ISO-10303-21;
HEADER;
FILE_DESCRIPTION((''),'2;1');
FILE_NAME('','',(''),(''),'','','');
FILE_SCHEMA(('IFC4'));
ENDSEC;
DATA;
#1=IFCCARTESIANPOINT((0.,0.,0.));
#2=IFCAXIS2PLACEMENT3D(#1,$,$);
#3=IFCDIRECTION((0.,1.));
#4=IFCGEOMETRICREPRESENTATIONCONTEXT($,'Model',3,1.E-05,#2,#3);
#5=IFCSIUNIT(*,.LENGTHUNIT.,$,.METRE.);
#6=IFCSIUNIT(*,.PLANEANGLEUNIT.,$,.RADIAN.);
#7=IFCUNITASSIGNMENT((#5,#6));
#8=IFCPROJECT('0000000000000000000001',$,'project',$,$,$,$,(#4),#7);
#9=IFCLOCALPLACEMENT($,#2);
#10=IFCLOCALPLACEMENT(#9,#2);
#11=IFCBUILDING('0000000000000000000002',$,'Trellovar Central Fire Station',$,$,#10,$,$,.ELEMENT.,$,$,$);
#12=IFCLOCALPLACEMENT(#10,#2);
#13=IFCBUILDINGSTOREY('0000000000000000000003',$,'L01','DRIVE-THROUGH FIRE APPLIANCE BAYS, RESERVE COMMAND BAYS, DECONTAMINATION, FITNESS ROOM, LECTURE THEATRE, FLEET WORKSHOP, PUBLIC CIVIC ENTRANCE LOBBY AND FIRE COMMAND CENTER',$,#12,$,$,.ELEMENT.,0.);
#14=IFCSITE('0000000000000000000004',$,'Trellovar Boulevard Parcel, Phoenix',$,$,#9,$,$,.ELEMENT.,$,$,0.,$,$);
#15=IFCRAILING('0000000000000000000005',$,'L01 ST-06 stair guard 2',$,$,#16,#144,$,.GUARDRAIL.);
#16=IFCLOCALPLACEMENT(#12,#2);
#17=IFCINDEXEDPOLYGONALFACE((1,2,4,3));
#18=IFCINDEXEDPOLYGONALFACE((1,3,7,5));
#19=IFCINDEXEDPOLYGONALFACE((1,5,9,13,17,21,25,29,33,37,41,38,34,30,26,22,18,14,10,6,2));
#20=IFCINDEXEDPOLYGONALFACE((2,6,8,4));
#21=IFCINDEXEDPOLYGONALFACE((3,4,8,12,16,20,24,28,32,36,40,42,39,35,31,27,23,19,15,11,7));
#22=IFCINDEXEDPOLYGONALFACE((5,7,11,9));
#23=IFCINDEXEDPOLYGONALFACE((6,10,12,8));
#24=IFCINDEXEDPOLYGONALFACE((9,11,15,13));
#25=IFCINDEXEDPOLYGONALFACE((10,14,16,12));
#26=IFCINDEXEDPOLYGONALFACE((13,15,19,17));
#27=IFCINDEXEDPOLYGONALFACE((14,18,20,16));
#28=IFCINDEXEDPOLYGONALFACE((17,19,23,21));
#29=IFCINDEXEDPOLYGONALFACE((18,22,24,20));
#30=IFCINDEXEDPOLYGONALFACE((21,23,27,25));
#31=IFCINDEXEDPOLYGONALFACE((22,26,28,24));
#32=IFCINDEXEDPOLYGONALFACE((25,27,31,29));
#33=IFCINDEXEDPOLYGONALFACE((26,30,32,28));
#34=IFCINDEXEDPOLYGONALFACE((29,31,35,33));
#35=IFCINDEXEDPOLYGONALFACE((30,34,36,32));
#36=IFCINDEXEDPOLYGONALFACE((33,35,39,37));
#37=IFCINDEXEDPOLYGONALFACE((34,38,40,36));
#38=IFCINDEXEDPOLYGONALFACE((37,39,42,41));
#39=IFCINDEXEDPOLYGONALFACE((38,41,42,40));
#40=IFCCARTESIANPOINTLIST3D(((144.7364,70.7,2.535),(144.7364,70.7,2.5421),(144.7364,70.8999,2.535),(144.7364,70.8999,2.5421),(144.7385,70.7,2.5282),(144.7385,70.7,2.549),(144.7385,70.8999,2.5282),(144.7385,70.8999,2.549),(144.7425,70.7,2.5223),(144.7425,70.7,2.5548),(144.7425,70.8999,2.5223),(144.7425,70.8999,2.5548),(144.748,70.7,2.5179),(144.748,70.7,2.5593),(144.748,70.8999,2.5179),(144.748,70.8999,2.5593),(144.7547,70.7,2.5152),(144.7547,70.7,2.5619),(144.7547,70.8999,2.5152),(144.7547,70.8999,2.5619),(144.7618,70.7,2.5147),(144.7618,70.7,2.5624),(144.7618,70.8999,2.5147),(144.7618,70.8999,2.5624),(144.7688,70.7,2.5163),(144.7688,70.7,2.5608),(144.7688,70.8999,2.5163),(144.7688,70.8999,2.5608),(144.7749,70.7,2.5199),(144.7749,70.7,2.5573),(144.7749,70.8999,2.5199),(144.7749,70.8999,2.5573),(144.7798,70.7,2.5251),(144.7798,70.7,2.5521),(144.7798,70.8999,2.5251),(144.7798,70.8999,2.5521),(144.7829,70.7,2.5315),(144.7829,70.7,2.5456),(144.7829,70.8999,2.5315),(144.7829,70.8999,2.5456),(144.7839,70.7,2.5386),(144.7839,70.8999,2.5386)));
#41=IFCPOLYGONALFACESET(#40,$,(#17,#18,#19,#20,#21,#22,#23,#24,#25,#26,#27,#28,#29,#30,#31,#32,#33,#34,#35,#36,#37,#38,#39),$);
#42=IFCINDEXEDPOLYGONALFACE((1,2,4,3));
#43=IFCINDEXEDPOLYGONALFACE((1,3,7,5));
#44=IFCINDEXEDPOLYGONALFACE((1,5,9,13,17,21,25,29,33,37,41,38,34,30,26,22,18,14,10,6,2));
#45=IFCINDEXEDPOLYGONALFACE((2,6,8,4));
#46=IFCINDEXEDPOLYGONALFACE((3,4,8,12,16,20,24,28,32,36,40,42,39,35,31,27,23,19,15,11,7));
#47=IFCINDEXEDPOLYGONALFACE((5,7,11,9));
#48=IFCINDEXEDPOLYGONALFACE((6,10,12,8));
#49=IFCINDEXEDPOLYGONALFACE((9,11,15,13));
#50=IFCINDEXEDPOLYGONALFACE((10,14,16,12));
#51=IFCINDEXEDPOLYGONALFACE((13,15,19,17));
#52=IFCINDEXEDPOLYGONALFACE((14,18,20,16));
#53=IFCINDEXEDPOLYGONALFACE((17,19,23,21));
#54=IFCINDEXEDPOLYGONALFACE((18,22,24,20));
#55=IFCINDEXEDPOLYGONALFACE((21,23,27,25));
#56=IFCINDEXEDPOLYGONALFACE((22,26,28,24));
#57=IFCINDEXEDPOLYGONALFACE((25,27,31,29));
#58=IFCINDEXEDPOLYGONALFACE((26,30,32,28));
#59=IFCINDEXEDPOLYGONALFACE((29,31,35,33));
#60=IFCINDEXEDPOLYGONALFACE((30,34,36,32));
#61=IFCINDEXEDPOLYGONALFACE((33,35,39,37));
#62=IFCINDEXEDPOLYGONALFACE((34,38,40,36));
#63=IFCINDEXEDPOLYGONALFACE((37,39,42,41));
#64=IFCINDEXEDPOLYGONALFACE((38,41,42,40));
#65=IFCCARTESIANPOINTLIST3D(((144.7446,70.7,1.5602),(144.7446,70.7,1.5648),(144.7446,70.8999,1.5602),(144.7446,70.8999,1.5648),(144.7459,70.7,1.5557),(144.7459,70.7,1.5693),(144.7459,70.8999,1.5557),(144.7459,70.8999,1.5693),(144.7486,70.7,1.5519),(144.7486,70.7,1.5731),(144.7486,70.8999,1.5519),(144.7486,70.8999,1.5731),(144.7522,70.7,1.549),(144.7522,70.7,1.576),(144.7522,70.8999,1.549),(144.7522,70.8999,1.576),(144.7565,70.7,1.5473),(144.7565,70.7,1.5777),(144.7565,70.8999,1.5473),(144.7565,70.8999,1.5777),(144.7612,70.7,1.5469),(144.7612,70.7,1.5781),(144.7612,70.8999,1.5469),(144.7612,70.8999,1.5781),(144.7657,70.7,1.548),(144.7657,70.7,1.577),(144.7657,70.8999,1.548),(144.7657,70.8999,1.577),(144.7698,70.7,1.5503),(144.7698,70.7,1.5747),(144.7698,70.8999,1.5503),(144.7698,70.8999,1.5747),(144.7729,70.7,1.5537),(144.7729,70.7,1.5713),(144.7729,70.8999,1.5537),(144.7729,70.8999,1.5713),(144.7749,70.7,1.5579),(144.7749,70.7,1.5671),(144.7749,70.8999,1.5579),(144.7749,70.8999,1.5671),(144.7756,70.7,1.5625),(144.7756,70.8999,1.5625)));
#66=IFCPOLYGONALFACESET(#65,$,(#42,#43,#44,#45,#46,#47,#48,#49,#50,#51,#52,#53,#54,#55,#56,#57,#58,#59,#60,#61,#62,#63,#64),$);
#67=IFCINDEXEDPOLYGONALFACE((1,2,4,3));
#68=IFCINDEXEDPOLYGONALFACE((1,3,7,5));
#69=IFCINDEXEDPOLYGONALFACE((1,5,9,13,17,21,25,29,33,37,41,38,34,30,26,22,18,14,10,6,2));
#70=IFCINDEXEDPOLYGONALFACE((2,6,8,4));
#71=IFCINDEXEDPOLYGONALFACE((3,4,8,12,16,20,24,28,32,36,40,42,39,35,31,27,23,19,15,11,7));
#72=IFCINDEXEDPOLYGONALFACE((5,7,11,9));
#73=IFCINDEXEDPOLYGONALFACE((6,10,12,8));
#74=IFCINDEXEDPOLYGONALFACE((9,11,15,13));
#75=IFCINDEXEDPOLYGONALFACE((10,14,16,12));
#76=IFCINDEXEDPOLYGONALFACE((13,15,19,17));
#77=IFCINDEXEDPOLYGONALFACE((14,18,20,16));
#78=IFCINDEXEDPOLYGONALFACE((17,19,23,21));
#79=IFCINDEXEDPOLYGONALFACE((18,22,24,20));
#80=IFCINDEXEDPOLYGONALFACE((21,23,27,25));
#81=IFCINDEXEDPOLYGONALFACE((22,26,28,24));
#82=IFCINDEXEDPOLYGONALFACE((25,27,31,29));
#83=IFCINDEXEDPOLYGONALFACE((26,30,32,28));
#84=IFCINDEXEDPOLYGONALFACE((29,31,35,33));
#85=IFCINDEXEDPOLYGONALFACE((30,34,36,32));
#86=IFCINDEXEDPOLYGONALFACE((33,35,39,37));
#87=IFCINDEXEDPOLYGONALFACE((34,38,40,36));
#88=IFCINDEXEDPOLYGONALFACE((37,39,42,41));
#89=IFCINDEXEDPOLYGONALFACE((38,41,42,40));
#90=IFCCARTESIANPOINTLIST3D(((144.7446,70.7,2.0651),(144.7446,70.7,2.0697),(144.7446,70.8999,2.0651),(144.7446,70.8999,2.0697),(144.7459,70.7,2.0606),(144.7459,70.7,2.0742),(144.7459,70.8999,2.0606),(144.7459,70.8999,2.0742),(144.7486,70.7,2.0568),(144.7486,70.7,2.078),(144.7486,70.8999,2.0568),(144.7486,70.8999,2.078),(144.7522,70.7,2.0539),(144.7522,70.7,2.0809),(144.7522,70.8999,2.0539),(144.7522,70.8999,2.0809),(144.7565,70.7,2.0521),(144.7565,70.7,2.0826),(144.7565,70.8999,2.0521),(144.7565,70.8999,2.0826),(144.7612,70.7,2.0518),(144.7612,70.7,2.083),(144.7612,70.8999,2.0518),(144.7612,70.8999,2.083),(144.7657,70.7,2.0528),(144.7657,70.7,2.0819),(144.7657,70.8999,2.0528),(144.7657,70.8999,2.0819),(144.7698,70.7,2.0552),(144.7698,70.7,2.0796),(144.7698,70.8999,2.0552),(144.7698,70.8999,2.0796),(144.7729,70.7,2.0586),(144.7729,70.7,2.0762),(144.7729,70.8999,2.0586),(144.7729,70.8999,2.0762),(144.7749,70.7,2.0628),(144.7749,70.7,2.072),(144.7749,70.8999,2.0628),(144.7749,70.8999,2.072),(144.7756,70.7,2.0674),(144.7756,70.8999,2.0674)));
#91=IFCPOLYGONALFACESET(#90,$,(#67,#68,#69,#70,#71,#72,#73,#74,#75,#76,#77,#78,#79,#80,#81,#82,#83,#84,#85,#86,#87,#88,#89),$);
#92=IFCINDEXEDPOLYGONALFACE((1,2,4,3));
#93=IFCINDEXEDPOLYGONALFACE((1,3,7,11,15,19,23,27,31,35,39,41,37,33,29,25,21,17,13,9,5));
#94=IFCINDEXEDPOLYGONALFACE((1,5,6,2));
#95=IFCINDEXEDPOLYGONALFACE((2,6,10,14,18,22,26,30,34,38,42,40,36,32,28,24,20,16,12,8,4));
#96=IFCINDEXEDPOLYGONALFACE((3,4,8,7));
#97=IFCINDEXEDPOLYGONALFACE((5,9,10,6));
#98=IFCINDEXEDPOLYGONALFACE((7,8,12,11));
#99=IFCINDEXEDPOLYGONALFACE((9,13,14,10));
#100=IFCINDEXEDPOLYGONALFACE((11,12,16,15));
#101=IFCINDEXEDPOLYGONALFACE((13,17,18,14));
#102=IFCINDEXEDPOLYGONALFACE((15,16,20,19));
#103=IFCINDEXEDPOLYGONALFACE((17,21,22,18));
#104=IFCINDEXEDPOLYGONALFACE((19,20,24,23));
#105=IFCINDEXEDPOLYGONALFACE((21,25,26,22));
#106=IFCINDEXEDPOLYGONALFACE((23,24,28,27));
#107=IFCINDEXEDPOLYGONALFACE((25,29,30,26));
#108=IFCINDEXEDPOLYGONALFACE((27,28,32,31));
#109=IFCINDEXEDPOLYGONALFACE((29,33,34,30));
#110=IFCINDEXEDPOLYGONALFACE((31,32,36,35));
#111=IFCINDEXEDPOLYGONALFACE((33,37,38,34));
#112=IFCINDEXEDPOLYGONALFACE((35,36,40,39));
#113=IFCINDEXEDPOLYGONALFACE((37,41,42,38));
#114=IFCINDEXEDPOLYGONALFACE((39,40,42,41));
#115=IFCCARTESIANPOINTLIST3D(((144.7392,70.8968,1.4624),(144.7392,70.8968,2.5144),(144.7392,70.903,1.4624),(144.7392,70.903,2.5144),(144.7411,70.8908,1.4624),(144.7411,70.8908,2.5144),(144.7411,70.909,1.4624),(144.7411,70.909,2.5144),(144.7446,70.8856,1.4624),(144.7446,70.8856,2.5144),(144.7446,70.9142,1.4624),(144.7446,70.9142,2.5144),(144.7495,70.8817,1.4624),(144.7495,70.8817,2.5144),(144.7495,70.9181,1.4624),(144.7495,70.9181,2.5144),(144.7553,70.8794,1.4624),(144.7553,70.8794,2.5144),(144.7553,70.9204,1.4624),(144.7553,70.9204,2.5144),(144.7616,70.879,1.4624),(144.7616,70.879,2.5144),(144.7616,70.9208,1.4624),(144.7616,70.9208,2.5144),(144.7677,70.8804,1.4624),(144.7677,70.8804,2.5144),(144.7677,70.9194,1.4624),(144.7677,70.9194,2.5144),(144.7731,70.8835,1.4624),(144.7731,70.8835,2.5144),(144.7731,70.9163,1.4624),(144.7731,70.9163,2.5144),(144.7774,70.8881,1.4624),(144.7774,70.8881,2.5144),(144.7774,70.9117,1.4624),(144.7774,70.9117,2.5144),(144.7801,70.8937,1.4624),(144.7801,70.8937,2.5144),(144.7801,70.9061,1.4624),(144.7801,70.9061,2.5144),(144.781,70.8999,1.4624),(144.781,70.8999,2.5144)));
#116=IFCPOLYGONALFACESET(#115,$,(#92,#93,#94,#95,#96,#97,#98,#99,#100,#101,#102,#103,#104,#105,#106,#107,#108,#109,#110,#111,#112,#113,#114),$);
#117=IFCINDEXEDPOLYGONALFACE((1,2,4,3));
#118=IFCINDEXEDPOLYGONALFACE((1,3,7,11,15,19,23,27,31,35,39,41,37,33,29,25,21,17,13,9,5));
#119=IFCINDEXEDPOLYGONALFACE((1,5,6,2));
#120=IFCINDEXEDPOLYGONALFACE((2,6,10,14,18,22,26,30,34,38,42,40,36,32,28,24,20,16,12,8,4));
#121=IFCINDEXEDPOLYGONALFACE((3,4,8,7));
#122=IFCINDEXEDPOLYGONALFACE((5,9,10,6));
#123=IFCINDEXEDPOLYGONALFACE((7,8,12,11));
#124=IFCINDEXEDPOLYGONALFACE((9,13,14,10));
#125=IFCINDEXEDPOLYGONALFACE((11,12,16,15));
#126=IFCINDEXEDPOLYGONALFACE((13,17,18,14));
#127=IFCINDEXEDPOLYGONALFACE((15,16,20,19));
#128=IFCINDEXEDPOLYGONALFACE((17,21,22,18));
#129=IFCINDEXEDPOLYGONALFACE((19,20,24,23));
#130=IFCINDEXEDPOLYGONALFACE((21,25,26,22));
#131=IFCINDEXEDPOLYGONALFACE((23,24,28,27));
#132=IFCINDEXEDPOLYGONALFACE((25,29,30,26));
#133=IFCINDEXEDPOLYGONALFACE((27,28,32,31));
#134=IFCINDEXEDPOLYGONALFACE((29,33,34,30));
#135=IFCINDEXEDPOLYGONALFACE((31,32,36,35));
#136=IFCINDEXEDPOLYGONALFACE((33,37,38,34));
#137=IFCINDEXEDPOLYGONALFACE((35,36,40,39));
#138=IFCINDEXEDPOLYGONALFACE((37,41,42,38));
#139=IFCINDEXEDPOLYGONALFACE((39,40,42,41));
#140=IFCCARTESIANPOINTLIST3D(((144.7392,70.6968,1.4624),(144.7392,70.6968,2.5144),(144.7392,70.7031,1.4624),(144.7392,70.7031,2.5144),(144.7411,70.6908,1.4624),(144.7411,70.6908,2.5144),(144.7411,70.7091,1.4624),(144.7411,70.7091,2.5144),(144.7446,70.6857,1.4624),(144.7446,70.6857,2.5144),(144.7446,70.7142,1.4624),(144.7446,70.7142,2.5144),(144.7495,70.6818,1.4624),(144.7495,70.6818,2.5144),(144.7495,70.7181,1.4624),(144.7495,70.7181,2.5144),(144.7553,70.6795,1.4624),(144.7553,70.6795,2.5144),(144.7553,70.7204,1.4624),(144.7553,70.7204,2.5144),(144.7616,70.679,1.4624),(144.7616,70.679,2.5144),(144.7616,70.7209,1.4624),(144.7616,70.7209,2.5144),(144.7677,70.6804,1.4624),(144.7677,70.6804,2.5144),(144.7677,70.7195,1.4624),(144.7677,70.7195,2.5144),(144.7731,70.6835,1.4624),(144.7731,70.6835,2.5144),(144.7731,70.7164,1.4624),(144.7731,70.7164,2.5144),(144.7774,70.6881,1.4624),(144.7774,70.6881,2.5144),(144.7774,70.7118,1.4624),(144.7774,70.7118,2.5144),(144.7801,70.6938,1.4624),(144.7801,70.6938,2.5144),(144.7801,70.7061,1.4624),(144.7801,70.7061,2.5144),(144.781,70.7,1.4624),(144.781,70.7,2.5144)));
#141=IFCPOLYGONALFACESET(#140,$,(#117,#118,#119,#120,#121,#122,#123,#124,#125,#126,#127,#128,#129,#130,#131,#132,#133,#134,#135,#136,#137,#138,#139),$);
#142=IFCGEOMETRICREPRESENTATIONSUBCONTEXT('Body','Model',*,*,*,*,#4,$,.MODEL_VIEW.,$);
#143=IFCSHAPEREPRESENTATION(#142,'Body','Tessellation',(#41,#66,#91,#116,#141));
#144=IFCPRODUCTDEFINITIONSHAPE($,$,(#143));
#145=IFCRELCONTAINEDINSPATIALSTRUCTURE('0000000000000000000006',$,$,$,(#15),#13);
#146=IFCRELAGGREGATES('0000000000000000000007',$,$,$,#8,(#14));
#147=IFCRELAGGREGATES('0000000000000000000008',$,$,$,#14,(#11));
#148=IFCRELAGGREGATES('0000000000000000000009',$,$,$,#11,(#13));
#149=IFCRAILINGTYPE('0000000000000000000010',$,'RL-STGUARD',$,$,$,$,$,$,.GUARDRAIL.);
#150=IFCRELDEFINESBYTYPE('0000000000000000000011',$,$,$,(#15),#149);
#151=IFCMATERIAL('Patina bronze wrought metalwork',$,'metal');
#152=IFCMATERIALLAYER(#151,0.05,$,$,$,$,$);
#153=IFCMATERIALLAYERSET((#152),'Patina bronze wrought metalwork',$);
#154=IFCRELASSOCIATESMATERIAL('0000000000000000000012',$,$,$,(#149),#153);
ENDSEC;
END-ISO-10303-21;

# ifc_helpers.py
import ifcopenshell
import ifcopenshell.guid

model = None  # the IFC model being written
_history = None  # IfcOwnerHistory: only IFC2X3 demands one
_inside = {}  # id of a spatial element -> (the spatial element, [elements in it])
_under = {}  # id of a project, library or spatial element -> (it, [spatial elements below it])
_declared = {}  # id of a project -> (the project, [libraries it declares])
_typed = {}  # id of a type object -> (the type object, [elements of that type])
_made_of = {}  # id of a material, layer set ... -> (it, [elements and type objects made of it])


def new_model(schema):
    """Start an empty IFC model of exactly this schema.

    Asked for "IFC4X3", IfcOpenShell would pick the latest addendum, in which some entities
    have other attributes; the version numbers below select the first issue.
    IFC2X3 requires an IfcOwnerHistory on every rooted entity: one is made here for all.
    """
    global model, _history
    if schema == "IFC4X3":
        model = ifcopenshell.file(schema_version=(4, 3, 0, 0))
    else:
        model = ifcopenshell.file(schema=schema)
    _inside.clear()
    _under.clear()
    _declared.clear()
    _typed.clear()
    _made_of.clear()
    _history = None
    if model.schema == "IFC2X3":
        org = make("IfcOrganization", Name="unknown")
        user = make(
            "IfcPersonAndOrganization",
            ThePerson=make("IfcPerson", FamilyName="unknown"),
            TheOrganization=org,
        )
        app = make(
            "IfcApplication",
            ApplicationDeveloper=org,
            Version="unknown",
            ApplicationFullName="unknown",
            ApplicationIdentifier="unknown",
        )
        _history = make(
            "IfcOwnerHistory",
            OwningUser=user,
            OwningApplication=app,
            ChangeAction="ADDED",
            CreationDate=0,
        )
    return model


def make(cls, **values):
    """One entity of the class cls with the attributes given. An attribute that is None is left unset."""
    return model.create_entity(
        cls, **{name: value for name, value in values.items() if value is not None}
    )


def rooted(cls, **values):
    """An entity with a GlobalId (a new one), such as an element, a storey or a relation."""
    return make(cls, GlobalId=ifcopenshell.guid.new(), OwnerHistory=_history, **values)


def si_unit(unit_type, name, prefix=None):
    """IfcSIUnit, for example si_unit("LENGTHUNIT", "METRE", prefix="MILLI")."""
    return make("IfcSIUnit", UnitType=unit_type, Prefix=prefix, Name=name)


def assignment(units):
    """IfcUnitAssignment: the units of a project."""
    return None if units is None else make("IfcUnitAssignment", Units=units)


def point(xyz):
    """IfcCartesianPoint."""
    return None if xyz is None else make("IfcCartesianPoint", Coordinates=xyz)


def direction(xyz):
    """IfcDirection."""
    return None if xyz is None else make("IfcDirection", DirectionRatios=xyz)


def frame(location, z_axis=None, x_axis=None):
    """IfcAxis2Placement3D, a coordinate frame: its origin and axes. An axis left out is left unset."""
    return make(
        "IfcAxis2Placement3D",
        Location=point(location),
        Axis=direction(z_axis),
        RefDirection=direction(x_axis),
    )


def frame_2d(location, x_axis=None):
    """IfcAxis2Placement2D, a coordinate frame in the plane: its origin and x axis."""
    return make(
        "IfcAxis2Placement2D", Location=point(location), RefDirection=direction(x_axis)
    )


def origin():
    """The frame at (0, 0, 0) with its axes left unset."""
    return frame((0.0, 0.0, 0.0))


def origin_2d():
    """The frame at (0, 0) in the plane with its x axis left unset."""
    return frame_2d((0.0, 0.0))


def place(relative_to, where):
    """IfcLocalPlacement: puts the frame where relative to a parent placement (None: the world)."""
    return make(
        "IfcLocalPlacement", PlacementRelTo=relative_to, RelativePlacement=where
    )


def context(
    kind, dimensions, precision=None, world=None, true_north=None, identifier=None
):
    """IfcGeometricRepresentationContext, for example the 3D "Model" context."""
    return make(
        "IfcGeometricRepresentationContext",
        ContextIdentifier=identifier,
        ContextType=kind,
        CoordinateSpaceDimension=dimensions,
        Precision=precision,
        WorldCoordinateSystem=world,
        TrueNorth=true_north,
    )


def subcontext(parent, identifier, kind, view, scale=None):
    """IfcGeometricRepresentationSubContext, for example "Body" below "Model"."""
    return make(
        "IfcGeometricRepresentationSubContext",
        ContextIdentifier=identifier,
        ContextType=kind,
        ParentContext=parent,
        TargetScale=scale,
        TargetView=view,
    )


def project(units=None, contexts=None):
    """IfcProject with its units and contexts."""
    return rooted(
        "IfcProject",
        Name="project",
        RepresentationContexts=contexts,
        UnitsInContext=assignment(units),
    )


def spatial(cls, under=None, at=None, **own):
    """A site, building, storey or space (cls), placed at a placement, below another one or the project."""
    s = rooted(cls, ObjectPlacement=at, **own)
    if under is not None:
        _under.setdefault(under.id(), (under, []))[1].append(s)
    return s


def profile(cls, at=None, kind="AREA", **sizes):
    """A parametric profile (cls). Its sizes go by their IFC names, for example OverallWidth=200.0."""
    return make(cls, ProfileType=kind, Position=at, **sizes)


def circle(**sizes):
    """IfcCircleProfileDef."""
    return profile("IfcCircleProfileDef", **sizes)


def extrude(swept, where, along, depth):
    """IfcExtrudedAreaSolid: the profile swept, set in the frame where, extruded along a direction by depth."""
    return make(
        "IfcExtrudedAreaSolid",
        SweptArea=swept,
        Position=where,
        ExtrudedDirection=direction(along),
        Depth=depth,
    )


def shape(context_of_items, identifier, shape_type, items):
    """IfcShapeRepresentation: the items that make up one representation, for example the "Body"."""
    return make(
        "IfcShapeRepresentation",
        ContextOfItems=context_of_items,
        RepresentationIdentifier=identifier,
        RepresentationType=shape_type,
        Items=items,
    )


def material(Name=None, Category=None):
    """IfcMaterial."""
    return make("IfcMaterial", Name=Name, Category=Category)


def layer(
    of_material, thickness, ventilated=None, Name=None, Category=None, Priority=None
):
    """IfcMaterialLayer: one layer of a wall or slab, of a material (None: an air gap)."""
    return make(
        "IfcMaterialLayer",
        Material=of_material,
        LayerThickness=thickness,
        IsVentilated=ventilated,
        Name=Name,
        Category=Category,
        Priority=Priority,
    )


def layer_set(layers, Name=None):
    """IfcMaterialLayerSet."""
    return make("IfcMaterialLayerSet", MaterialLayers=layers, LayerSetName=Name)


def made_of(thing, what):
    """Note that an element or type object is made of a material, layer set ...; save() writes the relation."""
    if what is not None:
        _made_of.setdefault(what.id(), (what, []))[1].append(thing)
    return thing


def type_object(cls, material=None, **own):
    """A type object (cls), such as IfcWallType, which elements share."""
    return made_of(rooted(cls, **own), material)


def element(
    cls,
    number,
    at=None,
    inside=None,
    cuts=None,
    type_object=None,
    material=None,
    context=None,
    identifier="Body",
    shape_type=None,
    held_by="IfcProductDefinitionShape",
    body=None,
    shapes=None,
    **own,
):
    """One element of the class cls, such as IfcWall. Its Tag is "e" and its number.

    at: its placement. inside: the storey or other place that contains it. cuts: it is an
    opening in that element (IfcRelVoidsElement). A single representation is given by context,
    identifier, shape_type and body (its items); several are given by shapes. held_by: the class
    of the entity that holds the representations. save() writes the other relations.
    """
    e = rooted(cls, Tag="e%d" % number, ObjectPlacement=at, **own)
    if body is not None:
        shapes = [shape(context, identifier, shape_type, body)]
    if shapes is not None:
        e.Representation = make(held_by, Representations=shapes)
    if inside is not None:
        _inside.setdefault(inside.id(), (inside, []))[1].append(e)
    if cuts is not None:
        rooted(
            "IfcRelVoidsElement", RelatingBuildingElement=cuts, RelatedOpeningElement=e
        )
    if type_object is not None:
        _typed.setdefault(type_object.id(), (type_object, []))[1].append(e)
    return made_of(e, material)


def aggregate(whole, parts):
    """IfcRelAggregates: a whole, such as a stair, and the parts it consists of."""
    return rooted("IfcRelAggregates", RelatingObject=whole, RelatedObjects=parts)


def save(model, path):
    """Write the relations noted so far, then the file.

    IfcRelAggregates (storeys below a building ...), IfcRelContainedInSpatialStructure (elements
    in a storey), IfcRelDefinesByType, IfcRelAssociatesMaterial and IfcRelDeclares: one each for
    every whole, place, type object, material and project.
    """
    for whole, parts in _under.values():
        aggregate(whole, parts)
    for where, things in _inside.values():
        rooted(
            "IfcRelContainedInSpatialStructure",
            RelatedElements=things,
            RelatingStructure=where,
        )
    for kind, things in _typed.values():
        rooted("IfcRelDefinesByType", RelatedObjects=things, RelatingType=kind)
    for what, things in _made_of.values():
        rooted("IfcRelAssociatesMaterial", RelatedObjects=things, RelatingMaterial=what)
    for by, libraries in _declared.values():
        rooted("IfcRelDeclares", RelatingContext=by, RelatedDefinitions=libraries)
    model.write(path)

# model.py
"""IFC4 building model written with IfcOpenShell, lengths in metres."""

from ifc_helpers import new_model, si_unit, direction, frame, origin, origin_2d, place, context, subcontext, project, spatial, circle, extrude, material, layer, layer_set, type_object, element, save


model = new_model("IFC4")

# Units and contexts
model_context = context("Model", 3, precision=1e-05, world=origin(), true_north=direction((0.0, 1.0)))
body_context = subcontext(model_context, "Body", "Model", "MODEL_VIEW")
ifc_project = project(units=[si_unit("LENGTHUNIT", "METRE"), si_unit("PLANEANGLEUNIT", "RADIAN")], contexts=[model_context])

# Site, building, storey
site_placement = place(None, origin())
site = spatial("IfcSite", under=ifc_project, at=site_placement, Name="Trellovar Boulevard Parcel, Phoenix", CompositionType="ELEMENT", RefElevation=0.0)
building_placement = place(site_placement, origin())
building = spatial("IfcBuilding", under=site, at=building_placement, Name="Trellovar Central Fire Station", CompositionType="ELEMENT")
storey_placement = place(building_placement, origin())
storey = spatial("IfcBuildingStorey", under=building, at=storey_placement, Name="L01", Description="DRIVE-THROUGH FIRE APPLIANCE BAYS, RESERVE COMMAND BAYS, DECONTAMINATION, FITNESS ROOM, LECTURE THEATRE, FLEET WORKSHOP, PUBLIC CIVIC ENTRANCE LOBBY AND FIRE COMMAND CENTER", CompositionType="ELEMENT", Elevation=0.0)

# Railing
ifc_material_1 = material(Name="Patina bronze wrought metalwork", Category="metal")
ifc_layer_1 = layer(ifc_material_1, 0.05)
ifc_layer_set_1 = layer_set([ifc_layer_1], Name="Patina bronze wrought metalwork")
railing_type_1 = type_object("IfcRailingType", Name="RL-STGUARD", PredefinedType="GUARDRAIL", material=ifc_layer_set_1)
railing_1_placement = place(storey_placement, frame((144.76, 70.8999, 1.4624)))
element("IfcRailing", 1, at=railing_1_placement, inside=storey, type_object=railing_type_1, Name="L01 ST-06 stair guard 2", PredefinedType="GUARDRAIL", context=body_context, shape_type="SweptSolid", body=[
    extrude(circle(Radius=0.0239, at=origin_2d()), frame((0.0, 0.0, 1.0762), z_axis=(0.0, -1.0, 0.0), x_axis=(1.0, 0.0, 0.0)), (0.0, 0.0, 1.0), 0.2),
    extrude(circle(Radius=0.0156, at=origin_2d()), frame((0.0, 0.0, 0.1001), z_axis=(0.0, -1.0, 0.0), x_axis=(1.0, 0.0, 0.0)), (0.0, 0.0, 1.0), 0.2),
    extrude(circle(Radius=0.0156, at=origin_2d()), frame((0.0, 0.0, 0.605), z_axis=(0.0, -1.0, 0.0), x_axis=(1.0, 0.0, 0.0)), (0.0, 0.0, 1.0), 0.2),
    extrude(circle(Radius=0.021, at=origin_2d()), origin(), (0.0, 0.0, 1.0), 1.052),
    extrude(circle(Radius=0.021, at=origin_2d()), frame((0.0, -0.2, 0.0)), (0.0, 0.0, 1.0), 1.052),
])

save(model, "model.ifc")
